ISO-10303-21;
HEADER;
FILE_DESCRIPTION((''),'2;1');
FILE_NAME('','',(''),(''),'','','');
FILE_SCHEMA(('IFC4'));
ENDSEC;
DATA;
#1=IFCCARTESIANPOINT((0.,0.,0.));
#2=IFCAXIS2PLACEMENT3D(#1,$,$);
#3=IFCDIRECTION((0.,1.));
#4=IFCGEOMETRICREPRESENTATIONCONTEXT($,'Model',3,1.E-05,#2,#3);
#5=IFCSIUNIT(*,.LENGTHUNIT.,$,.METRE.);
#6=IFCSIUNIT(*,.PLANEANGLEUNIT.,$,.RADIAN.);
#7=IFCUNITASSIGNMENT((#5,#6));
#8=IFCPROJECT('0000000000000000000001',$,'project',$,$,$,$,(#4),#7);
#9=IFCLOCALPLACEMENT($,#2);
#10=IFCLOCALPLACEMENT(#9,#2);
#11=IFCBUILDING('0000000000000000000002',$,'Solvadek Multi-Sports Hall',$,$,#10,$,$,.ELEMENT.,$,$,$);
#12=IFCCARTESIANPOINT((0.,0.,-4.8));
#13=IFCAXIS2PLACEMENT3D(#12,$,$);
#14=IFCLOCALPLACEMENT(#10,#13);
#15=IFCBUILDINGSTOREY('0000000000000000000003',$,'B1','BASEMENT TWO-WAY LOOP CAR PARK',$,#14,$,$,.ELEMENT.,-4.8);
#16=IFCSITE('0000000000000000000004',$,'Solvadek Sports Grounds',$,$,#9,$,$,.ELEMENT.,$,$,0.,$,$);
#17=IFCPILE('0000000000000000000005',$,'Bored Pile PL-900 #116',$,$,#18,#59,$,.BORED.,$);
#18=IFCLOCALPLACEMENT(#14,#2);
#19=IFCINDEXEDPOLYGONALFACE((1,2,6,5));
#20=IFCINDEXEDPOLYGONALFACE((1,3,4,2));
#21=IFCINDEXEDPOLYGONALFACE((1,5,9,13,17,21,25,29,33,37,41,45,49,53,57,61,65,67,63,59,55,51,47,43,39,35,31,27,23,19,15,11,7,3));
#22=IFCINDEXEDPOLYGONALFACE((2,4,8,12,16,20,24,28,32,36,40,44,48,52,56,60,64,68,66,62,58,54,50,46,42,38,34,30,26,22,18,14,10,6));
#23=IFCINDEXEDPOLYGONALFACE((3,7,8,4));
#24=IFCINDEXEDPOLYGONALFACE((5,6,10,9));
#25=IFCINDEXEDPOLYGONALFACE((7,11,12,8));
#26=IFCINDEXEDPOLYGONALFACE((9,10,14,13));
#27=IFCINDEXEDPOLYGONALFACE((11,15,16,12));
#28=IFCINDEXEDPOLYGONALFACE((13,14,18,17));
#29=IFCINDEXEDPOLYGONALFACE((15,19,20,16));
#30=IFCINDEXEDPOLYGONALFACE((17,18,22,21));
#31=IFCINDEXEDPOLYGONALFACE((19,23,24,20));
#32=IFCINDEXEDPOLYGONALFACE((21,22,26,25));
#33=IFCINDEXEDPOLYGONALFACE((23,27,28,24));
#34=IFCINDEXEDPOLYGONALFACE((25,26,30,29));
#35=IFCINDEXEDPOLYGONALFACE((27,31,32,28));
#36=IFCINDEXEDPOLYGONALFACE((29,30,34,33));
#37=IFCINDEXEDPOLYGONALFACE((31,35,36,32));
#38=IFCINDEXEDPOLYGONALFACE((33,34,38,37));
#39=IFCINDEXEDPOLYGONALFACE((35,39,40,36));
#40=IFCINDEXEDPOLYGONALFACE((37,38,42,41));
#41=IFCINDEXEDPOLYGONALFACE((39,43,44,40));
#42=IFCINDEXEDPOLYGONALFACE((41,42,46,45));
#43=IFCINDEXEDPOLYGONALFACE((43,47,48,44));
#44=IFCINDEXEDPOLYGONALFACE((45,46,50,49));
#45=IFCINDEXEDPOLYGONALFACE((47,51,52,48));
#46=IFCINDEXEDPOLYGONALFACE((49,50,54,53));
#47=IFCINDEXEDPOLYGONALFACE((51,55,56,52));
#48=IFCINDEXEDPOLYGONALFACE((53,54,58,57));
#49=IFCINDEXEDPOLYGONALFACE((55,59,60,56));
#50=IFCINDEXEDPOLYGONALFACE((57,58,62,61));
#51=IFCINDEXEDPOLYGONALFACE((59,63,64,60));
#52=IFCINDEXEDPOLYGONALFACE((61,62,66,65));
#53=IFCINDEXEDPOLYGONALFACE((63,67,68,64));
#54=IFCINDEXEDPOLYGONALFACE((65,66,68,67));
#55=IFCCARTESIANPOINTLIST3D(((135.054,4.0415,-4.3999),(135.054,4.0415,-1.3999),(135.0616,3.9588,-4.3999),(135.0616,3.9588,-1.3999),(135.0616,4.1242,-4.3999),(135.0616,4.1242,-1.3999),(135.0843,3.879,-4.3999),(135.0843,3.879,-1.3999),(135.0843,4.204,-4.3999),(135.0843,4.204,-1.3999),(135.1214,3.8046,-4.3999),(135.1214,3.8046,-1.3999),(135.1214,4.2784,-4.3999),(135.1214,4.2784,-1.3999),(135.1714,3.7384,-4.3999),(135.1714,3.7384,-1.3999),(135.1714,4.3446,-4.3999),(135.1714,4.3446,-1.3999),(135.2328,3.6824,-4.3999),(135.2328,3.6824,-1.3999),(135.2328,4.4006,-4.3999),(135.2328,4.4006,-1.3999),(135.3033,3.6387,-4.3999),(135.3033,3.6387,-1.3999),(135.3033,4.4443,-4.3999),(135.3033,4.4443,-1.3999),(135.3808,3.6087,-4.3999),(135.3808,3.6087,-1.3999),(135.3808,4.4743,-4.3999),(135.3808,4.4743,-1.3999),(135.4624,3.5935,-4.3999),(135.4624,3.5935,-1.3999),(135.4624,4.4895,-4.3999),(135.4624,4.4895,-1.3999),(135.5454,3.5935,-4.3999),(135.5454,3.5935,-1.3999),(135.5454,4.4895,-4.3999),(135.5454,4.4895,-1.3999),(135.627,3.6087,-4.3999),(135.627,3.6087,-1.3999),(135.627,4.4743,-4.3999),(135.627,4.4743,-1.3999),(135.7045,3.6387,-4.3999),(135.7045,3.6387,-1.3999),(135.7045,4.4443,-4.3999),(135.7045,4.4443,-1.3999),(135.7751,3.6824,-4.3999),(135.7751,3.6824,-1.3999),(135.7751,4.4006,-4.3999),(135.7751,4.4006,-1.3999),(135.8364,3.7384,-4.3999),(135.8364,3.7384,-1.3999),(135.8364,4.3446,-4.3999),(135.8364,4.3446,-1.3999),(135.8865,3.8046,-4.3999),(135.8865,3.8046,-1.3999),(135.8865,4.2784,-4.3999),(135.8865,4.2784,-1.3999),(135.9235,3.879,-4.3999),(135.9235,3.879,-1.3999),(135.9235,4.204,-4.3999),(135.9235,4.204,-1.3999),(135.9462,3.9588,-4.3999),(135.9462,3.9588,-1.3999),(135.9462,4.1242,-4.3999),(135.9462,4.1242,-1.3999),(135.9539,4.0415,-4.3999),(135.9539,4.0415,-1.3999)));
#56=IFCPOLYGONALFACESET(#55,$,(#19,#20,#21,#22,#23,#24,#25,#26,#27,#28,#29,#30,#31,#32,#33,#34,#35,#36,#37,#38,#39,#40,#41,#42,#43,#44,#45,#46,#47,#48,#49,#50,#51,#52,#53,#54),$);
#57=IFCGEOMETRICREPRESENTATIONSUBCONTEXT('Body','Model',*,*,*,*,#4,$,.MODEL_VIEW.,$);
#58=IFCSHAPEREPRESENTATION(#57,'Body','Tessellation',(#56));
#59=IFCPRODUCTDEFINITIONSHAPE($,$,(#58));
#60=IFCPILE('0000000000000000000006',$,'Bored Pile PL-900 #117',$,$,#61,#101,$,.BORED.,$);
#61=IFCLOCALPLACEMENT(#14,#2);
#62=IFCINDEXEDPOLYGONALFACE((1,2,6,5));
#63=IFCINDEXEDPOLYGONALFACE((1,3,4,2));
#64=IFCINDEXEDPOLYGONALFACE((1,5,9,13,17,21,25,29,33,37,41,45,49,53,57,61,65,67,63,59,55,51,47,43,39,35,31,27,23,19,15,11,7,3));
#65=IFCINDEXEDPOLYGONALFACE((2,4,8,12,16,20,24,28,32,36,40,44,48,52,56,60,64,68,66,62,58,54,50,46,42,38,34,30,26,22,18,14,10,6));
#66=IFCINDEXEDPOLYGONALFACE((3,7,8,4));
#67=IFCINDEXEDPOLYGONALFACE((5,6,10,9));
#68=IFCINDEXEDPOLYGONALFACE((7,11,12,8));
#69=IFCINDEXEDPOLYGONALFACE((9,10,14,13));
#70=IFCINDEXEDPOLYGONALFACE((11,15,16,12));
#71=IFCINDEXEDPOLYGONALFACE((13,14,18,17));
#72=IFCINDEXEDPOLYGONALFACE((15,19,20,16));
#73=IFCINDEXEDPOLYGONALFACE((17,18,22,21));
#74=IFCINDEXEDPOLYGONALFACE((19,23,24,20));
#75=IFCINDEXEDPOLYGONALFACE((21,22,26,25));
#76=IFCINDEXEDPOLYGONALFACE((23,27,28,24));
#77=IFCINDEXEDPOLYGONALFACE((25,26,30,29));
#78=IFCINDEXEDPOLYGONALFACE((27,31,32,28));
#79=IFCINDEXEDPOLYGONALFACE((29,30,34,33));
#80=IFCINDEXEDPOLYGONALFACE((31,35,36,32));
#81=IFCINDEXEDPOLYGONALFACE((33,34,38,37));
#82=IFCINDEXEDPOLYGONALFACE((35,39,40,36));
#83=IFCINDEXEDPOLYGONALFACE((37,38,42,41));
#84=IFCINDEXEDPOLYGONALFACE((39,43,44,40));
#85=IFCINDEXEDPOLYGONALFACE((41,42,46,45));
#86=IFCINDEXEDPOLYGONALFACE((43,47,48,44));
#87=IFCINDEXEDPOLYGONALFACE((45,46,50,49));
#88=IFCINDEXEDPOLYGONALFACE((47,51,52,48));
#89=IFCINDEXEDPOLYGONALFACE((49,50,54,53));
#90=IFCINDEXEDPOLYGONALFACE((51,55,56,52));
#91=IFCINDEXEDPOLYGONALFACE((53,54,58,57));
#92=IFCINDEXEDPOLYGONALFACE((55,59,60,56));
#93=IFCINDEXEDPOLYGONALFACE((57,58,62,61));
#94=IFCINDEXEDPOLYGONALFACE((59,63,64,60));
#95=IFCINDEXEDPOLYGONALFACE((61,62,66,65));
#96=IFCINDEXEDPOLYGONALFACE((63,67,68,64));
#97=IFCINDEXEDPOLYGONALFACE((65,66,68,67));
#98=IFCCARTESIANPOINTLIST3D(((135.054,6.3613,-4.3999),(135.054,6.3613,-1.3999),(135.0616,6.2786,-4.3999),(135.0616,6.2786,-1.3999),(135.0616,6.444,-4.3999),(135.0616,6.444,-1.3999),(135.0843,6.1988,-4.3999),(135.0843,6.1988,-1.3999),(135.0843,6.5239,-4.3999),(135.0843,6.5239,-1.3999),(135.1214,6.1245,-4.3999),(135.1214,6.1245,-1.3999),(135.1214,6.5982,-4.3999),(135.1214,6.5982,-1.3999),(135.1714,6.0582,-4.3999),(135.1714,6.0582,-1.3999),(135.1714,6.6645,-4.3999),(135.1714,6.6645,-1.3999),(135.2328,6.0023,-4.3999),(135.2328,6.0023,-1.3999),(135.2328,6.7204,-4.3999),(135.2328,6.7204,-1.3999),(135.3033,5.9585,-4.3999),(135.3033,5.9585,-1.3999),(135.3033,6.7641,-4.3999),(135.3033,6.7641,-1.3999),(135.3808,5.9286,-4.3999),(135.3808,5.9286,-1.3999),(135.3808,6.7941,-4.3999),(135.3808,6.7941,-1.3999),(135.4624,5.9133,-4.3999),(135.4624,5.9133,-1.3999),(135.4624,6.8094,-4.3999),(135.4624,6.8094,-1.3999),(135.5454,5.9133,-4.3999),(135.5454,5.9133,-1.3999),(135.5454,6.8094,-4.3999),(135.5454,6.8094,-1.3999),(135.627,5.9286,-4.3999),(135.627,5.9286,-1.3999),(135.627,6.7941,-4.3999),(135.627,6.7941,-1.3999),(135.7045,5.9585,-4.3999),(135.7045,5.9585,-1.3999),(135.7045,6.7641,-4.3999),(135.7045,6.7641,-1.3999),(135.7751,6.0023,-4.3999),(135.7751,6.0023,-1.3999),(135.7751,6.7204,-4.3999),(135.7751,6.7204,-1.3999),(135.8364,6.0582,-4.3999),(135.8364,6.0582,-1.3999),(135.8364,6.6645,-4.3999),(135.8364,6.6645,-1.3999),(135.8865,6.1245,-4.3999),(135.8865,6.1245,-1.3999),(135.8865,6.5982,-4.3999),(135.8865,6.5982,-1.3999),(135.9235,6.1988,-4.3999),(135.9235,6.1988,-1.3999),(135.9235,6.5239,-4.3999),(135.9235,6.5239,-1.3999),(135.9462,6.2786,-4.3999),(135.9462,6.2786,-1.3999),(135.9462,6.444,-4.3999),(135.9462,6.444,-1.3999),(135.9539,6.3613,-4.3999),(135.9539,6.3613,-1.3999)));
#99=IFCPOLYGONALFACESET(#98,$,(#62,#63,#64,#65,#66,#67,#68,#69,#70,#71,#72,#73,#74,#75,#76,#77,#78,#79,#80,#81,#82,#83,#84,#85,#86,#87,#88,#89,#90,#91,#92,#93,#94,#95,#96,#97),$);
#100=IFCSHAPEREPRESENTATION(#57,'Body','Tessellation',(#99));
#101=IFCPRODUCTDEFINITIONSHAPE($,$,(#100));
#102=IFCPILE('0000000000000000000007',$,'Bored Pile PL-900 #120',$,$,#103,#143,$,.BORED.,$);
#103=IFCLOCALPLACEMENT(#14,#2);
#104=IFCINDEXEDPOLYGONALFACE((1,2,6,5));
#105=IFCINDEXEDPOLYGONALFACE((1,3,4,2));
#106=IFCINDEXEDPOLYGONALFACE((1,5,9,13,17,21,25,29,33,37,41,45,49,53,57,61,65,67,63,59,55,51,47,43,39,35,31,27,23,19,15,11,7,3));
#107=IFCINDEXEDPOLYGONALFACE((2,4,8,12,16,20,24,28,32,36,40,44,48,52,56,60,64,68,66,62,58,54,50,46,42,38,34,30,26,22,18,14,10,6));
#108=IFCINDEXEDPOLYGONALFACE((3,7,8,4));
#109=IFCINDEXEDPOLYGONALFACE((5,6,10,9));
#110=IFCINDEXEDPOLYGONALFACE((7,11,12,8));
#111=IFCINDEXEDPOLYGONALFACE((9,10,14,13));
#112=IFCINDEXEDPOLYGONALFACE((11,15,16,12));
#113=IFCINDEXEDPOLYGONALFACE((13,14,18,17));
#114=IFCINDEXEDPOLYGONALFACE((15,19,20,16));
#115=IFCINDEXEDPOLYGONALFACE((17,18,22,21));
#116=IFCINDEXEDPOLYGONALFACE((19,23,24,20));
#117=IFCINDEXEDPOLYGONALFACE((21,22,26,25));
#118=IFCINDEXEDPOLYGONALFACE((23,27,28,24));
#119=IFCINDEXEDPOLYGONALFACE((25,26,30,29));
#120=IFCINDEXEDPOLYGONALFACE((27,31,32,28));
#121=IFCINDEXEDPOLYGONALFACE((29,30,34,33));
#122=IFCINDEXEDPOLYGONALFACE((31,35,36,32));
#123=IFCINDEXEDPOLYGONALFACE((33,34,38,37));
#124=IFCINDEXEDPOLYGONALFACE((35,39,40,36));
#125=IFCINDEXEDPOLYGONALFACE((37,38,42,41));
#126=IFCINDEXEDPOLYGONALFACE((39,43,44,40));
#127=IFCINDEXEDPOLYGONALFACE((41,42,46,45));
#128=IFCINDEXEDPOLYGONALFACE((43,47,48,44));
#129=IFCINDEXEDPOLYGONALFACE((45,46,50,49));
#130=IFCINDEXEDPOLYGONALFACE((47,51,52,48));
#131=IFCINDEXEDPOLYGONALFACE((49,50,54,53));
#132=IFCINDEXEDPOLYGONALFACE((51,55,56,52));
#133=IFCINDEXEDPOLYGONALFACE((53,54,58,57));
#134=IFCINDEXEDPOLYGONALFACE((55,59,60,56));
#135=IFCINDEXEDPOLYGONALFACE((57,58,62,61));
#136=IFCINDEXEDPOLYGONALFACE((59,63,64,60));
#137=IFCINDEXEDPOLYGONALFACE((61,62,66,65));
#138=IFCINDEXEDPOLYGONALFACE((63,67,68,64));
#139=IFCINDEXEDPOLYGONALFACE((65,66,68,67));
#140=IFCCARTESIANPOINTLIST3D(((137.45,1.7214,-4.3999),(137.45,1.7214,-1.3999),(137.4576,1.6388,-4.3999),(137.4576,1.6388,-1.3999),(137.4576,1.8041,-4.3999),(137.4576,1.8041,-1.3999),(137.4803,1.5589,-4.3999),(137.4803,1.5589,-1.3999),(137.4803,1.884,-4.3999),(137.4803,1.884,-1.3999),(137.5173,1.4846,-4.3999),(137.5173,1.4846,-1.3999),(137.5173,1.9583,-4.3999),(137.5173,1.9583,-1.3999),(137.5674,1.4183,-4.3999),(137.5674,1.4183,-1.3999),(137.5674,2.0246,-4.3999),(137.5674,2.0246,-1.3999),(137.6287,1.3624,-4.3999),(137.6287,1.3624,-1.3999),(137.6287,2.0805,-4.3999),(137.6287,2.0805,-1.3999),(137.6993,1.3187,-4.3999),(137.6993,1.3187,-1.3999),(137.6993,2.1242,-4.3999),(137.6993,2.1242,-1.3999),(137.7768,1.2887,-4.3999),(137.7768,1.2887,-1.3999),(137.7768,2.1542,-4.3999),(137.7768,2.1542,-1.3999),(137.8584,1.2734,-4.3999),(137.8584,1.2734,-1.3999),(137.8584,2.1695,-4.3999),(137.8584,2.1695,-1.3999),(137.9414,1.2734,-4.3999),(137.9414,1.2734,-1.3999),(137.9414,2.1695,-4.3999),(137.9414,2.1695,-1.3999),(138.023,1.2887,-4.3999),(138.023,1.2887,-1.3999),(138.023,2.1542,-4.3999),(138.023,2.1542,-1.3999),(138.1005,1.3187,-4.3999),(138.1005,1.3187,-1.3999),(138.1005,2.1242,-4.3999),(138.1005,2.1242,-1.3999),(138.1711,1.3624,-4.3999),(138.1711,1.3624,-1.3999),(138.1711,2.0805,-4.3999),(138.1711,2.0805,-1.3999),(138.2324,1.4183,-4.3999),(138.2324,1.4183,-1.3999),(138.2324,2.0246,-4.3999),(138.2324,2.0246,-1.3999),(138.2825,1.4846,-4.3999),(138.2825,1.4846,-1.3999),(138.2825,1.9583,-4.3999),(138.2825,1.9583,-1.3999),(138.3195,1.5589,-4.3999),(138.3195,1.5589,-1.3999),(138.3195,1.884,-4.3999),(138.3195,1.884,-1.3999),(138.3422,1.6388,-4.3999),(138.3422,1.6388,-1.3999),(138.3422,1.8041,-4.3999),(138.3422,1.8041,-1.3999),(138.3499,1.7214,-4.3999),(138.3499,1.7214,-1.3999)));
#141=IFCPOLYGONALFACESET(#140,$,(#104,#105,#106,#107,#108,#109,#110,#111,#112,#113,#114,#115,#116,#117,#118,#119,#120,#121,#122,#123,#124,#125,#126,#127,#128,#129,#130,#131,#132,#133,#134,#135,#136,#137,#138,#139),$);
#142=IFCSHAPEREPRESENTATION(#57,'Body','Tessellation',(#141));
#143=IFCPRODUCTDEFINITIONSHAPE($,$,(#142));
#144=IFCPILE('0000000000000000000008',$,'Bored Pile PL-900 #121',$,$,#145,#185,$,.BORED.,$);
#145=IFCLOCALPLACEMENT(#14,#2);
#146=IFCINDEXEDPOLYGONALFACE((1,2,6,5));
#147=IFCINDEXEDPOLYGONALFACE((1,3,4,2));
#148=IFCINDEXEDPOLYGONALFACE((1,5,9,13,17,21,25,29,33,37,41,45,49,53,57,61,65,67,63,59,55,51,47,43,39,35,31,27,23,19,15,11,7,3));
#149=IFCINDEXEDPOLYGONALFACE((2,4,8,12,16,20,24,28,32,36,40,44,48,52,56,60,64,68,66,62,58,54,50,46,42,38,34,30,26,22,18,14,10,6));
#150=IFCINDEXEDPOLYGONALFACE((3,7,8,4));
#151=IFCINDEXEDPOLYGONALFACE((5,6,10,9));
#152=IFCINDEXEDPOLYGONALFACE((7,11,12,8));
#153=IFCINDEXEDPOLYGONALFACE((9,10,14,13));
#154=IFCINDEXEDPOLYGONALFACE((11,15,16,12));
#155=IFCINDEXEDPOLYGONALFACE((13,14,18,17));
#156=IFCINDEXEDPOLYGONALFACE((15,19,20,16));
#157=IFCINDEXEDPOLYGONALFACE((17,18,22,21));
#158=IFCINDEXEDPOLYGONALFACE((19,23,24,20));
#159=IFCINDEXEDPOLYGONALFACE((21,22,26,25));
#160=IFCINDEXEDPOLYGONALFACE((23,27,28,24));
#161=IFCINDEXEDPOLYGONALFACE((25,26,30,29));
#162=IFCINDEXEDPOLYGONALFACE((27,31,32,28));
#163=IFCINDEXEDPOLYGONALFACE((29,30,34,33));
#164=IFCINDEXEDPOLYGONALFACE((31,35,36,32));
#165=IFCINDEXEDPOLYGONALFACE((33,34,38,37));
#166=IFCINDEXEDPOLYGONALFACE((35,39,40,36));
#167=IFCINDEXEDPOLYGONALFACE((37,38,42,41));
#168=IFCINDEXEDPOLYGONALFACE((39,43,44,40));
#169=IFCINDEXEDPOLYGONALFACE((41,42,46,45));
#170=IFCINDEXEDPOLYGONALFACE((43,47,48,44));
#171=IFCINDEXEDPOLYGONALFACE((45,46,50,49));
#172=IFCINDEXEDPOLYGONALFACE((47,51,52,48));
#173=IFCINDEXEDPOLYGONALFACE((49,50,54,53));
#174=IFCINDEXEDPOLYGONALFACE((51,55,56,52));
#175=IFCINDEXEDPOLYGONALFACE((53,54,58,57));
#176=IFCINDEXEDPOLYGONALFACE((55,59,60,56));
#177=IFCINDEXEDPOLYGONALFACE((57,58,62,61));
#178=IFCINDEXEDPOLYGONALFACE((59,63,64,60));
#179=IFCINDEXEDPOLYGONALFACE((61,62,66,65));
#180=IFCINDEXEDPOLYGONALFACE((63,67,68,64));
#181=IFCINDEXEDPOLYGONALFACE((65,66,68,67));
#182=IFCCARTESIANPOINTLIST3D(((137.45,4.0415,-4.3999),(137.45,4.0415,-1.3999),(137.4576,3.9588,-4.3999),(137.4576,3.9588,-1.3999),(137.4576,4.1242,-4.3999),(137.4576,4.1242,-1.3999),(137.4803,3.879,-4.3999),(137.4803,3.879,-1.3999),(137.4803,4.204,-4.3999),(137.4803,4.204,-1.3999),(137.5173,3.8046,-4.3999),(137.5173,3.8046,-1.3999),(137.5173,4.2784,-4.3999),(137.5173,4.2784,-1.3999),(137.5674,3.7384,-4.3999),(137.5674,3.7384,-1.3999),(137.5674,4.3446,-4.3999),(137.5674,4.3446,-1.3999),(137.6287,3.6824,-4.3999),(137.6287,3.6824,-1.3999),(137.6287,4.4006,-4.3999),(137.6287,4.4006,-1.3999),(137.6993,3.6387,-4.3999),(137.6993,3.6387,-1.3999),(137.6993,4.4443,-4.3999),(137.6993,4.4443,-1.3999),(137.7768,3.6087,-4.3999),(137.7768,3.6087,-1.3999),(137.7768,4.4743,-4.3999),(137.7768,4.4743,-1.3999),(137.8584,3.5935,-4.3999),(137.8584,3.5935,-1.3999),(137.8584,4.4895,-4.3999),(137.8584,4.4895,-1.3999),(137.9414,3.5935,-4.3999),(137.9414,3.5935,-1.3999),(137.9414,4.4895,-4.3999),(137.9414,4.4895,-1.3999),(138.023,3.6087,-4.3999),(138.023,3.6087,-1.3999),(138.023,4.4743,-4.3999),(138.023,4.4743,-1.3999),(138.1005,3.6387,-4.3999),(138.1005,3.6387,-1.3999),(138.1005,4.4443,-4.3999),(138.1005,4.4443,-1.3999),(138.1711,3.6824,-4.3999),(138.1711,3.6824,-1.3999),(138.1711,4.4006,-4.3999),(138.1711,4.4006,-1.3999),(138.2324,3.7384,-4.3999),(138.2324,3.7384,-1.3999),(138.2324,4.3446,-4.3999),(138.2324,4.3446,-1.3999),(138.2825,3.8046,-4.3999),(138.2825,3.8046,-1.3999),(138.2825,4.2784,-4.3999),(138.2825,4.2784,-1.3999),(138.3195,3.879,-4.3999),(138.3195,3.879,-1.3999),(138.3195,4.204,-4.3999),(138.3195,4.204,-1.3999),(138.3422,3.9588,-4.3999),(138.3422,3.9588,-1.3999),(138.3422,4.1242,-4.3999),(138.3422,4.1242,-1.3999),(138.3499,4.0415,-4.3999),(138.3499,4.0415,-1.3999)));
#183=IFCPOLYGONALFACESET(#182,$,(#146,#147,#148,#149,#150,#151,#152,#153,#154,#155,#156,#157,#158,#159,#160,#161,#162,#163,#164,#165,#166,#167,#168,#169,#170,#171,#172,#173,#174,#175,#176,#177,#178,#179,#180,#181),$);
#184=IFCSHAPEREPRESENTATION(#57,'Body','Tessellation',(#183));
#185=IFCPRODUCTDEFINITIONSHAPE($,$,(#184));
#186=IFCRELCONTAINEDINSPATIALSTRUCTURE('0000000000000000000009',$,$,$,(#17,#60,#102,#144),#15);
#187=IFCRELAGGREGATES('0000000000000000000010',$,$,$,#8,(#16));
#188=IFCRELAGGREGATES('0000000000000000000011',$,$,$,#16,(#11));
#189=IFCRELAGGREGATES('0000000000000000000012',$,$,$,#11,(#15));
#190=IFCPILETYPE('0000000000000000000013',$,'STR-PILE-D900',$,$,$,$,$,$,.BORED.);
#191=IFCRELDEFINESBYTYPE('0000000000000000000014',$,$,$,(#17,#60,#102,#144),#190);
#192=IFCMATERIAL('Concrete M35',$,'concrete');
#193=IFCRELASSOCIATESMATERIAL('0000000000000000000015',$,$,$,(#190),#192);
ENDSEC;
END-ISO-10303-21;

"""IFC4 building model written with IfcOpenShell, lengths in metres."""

from ifc_helpers import new_model, si_unit, direction, frame, origin, origin_2d, place, context, subcontext, project, spatial, circle, extrude, material, material_profile, profile_set, type_object, element, save


model = new_model("IFC4")

# Units and contexts
model_context = context("Model", 3, precision=1e-05, world=origin(), true_north=direction((0.0, 1.0)))
body_context = subcontext(model_context, "Body", "Model", "MODEL_VIEW")
ifc_project = project(units=[si_unit("LENGTHUNIT", "METRE"), si_unit("PLANEANGLEUNIT", "RADIAN")], contexts=[model_context])

# Site, building, storey
site_placement = place(None, origin())
site = spatial("IfcSite", under=ifc_project, at=site_placement, Name="Solvadek Sports Grounds", CompositionType="ELEMENT", RefElevation=0.0)
building_placement = place(site_placement, origin())
building = spatial("IfcBuilding", under=site, at=building_placement, Name="Solvadek Multi-Sports Hall", CompositionType="ELEMENT")
storey_placement = place(building_placement, frame((0.0, 0.0, -4.8)))
storey = spatial("IfcBuildingStorey", under=building, at=storey_placement, Name="B1", Description="BASEMENT TWO-WAY LOOP CAR PARK", CompositionType="ELEMENT", Elevation=-4.8)

# Piles
ifc_material_1 = material(Name="Concrete M35", Category="concrete")
ifc_material_profile_1 = material_profile(ifc_material_1, circle(Radius=0.45, at=origin_2d()), Name="BORED PILE D900")
ifc_profile_set_1 = profile_set([ifc_material_profile_1], Name="Concrete M35")
pile_type_1 = type_object("IfcPileType", Name="STR-PILE-D900", PredefinedType="BORED", material=ifc_profile_set_1)
for number, where, z_axis, x_axis, name in (
    (1, (135.5039, 4.0415, -1.3999), (0.0, 0.0, -1.0), (1.0, 0.0, 0.0), "Bored Pile PL-900 #116"),
    (2, (135.5039, 6.3613, -1.3999), (0.0, 0.0, -1.0), (1.0, 0.0, 0.0), "Bored Pile PL-900 #117"),
    (3, (137.8999, 1.7214, -1.3999), (0.0, 0.0, -1.0), (1.0, 0.0, 0.0), "Bored Pile PL-900 #120"),
    (4, (137.8999, 4.0415, -1.3999), (0.0, 0.0, -1.0), (1.0, 0.0, 0.0), "Bored Pile PL-900 #121"),
):
    element("IfcPile", number, at=place(storey_placement, frame(where, z_axis=z_axis, x_axis=x_axis)), inside=storey, type_object=pile_type_1, Name=name, PredefinedType="BORED", context=body_context, shape_type="SweptSolid", body=[
        extrude(circle(Radius=0.45, at=origin_2d()), origin(), (0.0, 0.0, 1.0), 3.0),
    ])

save(model, "model.ifc")
